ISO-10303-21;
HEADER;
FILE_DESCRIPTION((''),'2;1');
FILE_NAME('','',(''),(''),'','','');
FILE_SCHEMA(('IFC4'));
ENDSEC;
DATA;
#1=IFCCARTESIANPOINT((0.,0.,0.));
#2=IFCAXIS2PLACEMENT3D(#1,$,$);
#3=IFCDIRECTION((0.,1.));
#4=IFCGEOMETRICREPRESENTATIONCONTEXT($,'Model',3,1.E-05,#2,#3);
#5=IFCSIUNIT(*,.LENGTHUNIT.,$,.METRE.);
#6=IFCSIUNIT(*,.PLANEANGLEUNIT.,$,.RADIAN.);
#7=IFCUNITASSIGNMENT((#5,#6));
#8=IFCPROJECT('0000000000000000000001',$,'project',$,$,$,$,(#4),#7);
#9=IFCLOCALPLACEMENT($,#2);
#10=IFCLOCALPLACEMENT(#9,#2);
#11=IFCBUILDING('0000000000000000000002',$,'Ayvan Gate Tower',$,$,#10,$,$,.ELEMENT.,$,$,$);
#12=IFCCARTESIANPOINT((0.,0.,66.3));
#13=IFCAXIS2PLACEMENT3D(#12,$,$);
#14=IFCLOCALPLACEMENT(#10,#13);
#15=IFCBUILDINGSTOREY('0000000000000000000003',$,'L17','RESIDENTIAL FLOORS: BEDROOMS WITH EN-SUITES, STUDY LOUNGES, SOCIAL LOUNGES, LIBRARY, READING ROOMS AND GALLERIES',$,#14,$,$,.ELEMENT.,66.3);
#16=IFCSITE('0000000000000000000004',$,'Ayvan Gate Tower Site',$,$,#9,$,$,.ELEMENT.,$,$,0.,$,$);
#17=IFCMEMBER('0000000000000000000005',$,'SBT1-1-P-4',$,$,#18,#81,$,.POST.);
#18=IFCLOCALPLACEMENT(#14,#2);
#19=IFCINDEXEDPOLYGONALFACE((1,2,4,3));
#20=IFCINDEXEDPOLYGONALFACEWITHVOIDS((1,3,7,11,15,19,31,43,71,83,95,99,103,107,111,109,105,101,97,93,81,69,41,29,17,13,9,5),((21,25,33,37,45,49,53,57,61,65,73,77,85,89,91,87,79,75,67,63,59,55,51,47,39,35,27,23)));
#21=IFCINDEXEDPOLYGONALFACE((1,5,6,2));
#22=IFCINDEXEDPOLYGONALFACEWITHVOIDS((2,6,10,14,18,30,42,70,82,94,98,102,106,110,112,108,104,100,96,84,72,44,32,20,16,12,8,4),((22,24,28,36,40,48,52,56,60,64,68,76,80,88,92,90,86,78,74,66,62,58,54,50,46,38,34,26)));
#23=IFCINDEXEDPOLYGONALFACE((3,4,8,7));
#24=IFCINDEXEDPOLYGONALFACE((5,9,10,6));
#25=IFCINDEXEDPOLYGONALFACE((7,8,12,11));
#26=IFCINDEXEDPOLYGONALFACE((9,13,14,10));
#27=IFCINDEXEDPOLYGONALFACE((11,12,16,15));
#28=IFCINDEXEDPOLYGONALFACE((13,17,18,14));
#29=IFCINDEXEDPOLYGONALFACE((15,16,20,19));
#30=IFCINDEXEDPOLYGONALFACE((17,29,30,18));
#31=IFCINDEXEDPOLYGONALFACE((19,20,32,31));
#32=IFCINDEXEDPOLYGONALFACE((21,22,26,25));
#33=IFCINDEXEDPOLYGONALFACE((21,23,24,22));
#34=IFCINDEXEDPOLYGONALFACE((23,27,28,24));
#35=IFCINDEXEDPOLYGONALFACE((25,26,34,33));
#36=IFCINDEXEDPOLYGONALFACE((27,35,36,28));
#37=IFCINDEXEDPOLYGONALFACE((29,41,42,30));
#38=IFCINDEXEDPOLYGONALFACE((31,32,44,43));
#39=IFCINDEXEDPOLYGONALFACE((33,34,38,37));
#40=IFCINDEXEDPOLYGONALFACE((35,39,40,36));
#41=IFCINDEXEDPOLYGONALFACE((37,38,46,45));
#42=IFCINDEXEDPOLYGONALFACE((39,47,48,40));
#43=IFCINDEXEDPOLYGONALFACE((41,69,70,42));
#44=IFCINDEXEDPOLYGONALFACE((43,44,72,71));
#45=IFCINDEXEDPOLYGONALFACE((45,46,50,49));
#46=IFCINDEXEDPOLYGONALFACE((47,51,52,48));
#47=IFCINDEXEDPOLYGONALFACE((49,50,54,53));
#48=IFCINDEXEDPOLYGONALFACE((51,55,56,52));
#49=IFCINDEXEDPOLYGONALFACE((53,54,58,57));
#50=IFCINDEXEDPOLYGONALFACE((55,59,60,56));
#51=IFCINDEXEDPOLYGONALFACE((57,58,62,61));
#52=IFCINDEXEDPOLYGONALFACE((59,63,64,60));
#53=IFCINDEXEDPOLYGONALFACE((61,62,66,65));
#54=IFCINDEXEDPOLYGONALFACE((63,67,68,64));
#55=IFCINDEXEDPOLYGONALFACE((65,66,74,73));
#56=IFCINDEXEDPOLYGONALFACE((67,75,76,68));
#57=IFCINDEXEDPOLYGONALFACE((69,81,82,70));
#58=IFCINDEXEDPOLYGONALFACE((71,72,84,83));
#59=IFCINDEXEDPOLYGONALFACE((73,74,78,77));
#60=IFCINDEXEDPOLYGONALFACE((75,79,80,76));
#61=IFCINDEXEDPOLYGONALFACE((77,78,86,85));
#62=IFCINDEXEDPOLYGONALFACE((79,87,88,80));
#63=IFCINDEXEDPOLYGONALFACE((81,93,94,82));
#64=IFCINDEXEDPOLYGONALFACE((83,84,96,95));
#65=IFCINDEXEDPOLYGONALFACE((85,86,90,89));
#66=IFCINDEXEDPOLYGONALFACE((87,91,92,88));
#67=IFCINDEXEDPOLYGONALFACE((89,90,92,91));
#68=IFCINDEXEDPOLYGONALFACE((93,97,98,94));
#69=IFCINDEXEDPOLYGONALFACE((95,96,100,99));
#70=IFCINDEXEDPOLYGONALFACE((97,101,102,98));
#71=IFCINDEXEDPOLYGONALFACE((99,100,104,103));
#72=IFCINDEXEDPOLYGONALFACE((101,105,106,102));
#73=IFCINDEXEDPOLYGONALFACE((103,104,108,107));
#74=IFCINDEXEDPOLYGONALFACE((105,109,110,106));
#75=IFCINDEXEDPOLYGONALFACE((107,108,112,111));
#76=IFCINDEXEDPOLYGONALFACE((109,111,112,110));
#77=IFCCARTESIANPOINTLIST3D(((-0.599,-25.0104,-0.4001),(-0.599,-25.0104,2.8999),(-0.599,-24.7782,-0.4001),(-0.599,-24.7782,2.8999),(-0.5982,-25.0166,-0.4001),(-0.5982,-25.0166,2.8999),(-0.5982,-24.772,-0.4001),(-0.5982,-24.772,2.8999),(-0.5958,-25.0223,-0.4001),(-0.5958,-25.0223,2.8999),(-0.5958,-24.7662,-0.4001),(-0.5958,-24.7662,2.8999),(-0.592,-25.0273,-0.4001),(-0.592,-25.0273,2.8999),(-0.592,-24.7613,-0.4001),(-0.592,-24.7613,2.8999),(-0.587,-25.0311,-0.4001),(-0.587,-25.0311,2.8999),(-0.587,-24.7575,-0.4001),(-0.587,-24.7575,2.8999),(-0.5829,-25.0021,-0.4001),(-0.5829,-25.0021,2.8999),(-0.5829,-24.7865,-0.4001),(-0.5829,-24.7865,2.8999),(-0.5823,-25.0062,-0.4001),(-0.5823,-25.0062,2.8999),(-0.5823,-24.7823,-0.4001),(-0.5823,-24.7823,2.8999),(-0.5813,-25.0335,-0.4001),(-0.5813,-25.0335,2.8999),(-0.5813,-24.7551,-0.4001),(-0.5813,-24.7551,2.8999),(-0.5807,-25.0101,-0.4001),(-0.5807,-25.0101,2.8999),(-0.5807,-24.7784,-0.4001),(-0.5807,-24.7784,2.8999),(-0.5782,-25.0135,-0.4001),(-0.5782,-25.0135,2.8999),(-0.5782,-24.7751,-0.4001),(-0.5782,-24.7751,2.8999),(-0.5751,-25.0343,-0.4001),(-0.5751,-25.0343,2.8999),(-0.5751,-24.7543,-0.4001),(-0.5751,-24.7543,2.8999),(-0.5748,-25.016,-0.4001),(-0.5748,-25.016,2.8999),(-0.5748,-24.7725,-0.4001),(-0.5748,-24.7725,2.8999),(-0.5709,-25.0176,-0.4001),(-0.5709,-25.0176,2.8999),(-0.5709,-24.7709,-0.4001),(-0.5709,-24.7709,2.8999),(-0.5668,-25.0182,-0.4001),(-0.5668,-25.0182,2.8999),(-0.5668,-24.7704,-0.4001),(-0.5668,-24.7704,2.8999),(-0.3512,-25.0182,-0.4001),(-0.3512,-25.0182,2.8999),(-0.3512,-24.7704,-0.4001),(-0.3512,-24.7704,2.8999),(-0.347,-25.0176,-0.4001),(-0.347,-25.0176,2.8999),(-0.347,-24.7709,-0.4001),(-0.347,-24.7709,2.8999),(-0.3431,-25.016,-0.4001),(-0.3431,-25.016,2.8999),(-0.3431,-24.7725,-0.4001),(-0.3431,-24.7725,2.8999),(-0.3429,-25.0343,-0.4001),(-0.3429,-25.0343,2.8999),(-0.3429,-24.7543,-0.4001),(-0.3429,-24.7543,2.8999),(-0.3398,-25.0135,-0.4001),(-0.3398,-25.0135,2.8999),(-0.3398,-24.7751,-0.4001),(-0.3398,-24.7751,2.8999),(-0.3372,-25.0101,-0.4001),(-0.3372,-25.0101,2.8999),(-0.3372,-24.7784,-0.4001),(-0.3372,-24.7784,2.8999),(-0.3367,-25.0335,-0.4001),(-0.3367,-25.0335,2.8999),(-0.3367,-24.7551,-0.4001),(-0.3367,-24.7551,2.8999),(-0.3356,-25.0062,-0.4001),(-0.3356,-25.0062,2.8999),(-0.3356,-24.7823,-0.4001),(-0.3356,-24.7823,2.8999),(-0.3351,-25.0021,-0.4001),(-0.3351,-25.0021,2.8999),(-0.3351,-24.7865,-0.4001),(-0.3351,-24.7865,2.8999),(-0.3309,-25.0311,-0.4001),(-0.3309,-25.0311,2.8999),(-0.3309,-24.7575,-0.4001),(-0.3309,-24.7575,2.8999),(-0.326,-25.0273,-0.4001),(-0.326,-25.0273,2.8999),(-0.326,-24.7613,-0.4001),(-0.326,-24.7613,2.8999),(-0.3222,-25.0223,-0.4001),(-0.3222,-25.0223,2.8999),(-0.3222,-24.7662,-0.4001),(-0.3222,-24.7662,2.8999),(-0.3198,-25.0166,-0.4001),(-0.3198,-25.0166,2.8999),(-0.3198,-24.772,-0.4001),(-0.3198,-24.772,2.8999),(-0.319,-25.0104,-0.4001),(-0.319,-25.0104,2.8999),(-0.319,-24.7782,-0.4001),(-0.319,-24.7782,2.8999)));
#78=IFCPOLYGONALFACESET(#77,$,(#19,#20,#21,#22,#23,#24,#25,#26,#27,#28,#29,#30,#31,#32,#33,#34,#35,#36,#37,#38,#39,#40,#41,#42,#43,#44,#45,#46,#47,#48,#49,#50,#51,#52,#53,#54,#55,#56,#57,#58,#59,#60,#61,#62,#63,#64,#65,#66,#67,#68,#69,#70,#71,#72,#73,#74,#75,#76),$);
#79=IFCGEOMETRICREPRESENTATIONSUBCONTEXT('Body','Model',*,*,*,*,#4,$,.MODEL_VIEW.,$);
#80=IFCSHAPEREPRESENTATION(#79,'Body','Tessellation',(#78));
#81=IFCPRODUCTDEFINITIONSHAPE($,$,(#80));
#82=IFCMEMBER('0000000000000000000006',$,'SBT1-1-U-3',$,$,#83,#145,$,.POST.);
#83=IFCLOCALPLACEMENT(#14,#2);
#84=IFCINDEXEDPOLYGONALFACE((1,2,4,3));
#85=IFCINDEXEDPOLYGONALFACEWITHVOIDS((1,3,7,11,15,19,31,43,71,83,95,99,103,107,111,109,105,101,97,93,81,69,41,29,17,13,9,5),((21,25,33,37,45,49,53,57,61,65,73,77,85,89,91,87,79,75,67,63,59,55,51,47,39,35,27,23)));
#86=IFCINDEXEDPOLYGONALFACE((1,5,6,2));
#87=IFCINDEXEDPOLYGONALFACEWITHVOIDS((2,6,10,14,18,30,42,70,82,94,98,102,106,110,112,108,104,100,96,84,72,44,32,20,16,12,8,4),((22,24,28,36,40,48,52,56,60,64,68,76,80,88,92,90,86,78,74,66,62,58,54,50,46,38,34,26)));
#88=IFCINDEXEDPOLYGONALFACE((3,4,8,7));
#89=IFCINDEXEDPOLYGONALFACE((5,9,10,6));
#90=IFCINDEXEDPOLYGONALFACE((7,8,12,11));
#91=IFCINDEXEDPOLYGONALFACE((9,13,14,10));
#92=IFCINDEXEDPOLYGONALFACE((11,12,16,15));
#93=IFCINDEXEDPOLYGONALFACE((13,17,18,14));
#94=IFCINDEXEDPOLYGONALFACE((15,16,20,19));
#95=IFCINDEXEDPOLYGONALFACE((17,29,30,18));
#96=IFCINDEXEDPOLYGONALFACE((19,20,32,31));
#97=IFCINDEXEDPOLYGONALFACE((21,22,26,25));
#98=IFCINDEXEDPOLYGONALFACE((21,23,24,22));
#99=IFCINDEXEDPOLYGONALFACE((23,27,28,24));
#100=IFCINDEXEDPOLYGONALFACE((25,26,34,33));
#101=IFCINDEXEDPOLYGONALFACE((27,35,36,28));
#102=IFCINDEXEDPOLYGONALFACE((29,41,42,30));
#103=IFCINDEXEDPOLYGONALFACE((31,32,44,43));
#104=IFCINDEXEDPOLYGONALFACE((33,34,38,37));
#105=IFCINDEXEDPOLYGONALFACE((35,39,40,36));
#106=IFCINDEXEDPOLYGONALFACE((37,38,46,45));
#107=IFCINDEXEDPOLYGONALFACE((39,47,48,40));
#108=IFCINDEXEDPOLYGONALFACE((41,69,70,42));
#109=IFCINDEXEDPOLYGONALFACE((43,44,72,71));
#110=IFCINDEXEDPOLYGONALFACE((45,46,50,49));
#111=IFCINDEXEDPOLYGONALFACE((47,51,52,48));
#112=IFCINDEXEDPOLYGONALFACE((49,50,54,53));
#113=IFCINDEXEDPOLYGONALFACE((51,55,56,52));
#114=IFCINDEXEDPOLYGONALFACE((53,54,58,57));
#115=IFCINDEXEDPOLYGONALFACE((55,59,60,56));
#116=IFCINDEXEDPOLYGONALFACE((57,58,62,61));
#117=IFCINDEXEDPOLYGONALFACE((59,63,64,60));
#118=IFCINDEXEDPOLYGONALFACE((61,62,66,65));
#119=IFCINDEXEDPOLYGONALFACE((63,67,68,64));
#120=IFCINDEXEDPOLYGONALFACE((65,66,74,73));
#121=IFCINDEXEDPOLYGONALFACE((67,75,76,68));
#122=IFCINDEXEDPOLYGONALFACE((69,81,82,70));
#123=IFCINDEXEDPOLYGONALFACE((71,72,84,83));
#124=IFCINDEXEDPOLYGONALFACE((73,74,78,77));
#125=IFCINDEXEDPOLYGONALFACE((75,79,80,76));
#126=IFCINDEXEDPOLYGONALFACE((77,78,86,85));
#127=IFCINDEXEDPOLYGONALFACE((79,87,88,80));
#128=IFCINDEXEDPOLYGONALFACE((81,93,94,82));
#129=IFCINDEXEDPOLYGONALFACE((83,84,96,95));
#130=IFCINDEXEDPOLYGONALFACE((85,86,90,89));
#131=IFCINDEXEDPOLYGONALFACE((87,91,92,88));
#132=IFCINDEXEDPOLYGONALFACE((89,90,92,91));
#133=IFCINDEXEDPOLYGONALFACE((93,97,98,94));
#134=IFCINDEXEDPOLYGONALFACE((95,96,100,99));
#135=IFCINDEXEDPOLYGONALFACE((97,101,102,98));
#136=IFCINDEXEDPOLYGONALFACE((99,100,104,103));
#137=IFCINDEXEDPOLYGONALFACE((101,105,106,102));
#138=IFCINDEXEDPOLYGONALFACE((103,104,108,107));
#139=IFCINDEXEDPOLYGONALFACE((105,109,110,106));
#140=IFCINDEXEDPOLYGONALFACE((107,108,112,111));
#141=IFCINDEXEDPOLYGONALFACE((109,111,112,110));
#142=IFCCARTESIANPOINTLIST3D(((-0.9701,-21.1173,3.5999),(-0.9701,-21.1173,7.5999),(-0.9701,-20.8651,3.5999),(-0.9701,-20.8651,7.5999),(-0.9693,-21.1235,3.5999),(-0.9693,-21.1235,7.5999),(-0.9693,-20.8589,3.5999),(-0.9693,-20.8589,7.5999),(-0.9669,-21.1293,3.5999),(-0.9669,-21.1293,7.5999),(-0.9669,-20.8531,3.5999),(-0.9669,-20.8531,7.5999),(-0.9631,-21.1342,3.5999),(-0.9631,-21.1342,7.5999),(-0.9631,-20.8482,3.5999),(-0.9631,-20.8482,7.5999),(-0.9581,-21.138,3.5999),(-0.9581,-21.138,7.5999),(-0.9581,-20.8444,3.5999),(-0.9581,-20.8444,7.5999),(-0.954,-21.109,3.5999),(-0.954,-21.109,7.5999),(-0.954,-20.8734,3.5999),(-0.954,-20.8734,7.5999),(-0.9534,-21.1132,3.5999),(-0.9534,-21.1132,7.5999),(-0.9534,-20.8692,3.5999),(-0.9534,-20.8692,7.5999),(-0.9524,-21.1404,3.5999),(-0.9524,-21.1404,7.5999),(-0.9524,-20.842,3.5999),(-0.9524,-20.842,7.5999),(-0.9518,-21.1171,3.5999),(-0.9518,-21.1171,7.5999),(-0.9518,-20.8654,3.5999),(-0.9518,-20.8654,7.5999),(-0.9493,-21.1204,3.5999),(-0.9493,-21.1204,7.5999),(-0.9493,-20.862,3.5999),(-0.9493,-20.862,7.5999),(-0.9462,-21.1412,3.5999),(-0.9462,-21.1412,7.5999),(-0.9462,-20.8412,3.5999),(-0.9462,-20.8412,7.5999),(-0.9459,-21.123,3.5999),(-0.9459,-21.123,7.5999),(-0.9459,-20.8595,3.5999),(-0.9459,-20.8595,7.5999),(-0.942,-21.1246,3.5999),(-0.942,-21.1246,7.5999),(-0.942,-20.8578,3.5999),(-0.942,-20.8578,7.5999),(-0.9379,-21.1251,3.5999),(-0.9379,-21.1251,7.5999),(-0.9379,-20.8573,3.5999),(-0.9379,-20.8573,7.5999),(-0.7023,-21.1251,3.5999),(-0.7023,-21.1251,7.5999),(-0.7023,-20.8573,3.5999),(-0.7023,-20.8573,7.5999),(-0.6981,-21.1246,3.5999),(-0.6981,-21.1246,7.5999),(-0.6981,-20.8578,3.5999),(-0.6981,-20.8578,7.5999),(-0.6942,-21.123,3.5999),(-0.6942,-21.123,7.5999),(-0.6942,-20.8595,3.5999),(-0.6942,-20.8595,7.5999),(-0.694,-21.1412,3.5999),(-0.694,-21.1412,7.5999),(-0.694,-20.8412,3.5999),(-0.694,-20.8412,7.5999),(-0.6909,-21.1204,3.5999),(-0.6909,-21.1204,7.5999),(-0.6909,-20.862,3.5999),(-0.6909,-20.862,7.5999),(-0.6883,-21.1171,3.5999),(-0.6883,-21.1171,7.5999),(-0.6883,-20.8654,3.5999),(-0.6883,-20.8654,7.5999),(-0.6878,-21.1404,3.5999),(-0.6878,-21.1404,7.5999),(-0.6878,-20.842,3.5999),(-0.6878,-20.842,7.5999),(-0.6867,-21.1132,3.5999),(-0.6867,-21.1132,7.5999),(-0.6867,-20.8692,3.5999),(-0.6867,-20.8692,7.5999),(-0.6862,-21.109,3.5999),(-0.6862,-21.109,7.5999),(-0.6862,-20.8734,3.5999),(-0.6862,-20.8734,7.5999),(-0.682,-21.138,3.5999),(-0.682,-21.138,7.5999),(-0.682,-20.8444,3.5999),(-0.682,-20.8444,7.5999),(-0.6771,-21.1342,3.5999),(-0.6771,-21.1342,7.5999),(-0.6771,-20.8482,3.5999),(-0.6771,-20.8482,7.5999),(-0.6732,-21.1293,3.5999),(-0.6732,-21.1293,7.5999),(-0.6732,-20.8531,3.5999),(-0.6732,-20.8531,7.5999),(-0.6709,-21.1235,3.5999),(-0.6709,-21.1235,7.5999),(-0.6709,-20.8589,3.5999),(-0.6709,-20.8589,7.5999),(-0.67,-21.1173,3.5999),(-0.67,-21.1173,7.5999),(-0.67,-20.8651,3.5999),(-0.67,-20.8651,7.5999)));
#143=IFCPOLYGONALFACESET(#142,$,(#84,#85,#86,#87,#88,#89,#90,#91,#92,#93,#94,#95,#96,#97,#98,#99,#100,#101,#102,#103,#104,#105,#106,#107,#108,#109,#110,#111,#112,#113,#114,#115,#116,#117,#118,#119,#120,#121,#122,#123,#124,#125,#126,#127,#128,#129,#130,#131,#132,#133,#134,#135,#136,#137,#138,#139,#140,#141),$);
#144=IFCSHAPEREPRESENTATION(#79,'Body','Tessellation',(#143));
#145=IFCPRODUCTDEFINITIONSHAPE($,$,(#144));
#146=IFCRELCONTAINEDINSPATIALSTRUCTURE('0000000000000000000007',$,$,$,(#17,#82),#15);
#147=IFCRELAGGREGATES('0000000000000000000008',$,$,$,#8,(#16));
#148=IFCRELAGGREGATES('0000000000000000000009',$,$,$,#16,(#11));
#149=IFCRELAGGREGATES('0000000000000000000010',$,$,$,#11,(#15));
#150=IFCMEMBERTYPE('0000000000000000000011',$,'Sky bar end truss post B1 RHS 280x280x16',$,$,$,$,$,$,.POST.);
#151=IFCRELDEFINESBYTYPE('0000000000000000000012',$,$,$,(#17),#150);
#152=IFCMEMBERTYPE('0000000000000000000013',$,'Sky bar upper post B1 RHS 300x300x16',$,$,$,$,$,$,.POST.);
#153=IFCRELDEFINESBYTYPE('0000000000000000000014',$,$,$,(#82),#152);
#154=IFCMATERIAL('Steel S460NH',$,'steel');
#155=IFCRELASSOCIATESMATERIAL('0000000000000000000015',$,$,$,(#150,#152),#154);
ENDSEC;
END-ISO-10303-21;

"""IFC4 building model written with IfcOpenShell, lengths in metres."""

from ifc_helpers import new_model, si_unit, direction, frame, origin, origin_2d, place, context, subcontext, project, spatial, hollow_rectangle, extrude, material, material_profile, profile_set, type_object, element, save


model = new_model("IFC4")

# Units and contexts
model_context = context("Model", 3, precision=1e-05, world=origin(), true_north=direction((0.0, 1.0)))
body_context = subcontext(model_context, "Body", "Model", "MODEL_VIEW")
ifc_project = project(units=[si_unit("LENGTHUNIT", "METRE"), si_unit("PLANEANGLEUNIT", "RADIAN")], contexts=[model_context])

# Site, building, storey
site_placement = place(None, origin())
site = spatial("IfcSite", under=ifc_project, at=site_placement, Name="Ayvan Gate Tower Site", CompositionType="ELEMENT", RefElevation=0.0)
building_placement = place(site_placement, origin())
building = spatial("IfcBuilding", under=site, at=building_placement, Name="Ayvan Gate Tower", CompositionType="ELEMENT")
storey_placement = place(building_placement, frame((0.0, 0.0, 66.3)))
storey = spatial("IfcBuildingStorey", under=building, at=storey_placement, Name="L17", Description="RESIDENTIAL FLOORS: BEDROOMS WITH EN-SUITES, STUDY LOUNGES, SOCIAL LOUNGES, LIBRARY, READING ROOMS AND GALLERIES", CompositionType="ELEMENT", Elevation=66.3)

# Members
ifc_material_1 = material(Name="Steel S460NH", Category="steel")
ifc_material_profile_1 = material_profile(ifc_material_1, hollow_rectangle(XDim=0.28, YDim=0.28, WallThickness=0.0161, InnerFilletRadius=0.0161, OuterFilletRadius=0.0239, at=origin_2d()), Name="RHS 280x280x16")
ifc_profile_set_1 = profile_set([ifc_material_profile_1], Name="Steel S460NH")
member_type_1 = type_object("IfcMemberType", Name="Sky bar end truss post B1 RHS 280x280x16", PredefinedType="POST", material=ifc_profile_set_1)
for number, where, z_axis, x_axis, name in (
    (1, (-0.459, -24.8943, -0.4001), (0.0, 0.0, 1.0), (1.0, 0.0, 0.0), "SBT1-1-P-4"),
):
    element("IfcMember", number, at=place(storey_placement, frame(where, z_axis=z_axis, x_axis=x_axis)), inside=storey, type_object=member_type_1, Name=name, PredefinedType="POST", context=body_context, shape_type="SweptSolid", body=[
        extrude(hollow_rectangle(XDim=0.28, YDim=0.28, WallThickness=0.0161, InnerFilletRadius=0.0161, OuterFilletRadius=0.0239, at=origin_2d()), origin(), (0.0, 0.0, 1.0), 3.3),
    ])
ifc_material_profile_2 = material_profile(ifc_material_1, hollow_rectangle(XDim=0.3, YDim=0.3, WallThickness=0.0161, InnerFilletRadius=0.0161, OuterFilletRadius=0.0239, at=origin_2d()), Name="RHS 300x300x16")
ifc_profile_set_2 = profile_set([ifc_material_profile_2], Name="Steel S460NH")
member_type_2 = type_object("IfcMemberType", Name="Sky bar upper post B1 RHS 300x300x16", PredefinedType="POST", material=ifc_profile_set_2)
for number, where, z_axis, x_axis, name in (
    (2, (-0.8201, -20.9912, 3.5999), (0.0, 0.0, 1.0), (1.0, 0.0, 0.0), "SBT1-1-U-3"),
):
    element("IfcMember", number, at=place(storey_placement, frame(where, z_axis=z_axis, x_axis=x_axis)), inside=storey, type_object=member_type_2, Name=name, PredefinedType="POST", context=body_context, shape_type="SweptSolid", body=[
        extrude(hollow_rectangle(XDim=0.3, YDim=0.3, WallThickness=0.0161, InnerFilletRadius=0.0161, OuterFilletRadius=0.0239, at=origin_2d()), origin(), (0.0, 0.0, 1.0), 4.0),
    ])

save(model, "model.ifc")
